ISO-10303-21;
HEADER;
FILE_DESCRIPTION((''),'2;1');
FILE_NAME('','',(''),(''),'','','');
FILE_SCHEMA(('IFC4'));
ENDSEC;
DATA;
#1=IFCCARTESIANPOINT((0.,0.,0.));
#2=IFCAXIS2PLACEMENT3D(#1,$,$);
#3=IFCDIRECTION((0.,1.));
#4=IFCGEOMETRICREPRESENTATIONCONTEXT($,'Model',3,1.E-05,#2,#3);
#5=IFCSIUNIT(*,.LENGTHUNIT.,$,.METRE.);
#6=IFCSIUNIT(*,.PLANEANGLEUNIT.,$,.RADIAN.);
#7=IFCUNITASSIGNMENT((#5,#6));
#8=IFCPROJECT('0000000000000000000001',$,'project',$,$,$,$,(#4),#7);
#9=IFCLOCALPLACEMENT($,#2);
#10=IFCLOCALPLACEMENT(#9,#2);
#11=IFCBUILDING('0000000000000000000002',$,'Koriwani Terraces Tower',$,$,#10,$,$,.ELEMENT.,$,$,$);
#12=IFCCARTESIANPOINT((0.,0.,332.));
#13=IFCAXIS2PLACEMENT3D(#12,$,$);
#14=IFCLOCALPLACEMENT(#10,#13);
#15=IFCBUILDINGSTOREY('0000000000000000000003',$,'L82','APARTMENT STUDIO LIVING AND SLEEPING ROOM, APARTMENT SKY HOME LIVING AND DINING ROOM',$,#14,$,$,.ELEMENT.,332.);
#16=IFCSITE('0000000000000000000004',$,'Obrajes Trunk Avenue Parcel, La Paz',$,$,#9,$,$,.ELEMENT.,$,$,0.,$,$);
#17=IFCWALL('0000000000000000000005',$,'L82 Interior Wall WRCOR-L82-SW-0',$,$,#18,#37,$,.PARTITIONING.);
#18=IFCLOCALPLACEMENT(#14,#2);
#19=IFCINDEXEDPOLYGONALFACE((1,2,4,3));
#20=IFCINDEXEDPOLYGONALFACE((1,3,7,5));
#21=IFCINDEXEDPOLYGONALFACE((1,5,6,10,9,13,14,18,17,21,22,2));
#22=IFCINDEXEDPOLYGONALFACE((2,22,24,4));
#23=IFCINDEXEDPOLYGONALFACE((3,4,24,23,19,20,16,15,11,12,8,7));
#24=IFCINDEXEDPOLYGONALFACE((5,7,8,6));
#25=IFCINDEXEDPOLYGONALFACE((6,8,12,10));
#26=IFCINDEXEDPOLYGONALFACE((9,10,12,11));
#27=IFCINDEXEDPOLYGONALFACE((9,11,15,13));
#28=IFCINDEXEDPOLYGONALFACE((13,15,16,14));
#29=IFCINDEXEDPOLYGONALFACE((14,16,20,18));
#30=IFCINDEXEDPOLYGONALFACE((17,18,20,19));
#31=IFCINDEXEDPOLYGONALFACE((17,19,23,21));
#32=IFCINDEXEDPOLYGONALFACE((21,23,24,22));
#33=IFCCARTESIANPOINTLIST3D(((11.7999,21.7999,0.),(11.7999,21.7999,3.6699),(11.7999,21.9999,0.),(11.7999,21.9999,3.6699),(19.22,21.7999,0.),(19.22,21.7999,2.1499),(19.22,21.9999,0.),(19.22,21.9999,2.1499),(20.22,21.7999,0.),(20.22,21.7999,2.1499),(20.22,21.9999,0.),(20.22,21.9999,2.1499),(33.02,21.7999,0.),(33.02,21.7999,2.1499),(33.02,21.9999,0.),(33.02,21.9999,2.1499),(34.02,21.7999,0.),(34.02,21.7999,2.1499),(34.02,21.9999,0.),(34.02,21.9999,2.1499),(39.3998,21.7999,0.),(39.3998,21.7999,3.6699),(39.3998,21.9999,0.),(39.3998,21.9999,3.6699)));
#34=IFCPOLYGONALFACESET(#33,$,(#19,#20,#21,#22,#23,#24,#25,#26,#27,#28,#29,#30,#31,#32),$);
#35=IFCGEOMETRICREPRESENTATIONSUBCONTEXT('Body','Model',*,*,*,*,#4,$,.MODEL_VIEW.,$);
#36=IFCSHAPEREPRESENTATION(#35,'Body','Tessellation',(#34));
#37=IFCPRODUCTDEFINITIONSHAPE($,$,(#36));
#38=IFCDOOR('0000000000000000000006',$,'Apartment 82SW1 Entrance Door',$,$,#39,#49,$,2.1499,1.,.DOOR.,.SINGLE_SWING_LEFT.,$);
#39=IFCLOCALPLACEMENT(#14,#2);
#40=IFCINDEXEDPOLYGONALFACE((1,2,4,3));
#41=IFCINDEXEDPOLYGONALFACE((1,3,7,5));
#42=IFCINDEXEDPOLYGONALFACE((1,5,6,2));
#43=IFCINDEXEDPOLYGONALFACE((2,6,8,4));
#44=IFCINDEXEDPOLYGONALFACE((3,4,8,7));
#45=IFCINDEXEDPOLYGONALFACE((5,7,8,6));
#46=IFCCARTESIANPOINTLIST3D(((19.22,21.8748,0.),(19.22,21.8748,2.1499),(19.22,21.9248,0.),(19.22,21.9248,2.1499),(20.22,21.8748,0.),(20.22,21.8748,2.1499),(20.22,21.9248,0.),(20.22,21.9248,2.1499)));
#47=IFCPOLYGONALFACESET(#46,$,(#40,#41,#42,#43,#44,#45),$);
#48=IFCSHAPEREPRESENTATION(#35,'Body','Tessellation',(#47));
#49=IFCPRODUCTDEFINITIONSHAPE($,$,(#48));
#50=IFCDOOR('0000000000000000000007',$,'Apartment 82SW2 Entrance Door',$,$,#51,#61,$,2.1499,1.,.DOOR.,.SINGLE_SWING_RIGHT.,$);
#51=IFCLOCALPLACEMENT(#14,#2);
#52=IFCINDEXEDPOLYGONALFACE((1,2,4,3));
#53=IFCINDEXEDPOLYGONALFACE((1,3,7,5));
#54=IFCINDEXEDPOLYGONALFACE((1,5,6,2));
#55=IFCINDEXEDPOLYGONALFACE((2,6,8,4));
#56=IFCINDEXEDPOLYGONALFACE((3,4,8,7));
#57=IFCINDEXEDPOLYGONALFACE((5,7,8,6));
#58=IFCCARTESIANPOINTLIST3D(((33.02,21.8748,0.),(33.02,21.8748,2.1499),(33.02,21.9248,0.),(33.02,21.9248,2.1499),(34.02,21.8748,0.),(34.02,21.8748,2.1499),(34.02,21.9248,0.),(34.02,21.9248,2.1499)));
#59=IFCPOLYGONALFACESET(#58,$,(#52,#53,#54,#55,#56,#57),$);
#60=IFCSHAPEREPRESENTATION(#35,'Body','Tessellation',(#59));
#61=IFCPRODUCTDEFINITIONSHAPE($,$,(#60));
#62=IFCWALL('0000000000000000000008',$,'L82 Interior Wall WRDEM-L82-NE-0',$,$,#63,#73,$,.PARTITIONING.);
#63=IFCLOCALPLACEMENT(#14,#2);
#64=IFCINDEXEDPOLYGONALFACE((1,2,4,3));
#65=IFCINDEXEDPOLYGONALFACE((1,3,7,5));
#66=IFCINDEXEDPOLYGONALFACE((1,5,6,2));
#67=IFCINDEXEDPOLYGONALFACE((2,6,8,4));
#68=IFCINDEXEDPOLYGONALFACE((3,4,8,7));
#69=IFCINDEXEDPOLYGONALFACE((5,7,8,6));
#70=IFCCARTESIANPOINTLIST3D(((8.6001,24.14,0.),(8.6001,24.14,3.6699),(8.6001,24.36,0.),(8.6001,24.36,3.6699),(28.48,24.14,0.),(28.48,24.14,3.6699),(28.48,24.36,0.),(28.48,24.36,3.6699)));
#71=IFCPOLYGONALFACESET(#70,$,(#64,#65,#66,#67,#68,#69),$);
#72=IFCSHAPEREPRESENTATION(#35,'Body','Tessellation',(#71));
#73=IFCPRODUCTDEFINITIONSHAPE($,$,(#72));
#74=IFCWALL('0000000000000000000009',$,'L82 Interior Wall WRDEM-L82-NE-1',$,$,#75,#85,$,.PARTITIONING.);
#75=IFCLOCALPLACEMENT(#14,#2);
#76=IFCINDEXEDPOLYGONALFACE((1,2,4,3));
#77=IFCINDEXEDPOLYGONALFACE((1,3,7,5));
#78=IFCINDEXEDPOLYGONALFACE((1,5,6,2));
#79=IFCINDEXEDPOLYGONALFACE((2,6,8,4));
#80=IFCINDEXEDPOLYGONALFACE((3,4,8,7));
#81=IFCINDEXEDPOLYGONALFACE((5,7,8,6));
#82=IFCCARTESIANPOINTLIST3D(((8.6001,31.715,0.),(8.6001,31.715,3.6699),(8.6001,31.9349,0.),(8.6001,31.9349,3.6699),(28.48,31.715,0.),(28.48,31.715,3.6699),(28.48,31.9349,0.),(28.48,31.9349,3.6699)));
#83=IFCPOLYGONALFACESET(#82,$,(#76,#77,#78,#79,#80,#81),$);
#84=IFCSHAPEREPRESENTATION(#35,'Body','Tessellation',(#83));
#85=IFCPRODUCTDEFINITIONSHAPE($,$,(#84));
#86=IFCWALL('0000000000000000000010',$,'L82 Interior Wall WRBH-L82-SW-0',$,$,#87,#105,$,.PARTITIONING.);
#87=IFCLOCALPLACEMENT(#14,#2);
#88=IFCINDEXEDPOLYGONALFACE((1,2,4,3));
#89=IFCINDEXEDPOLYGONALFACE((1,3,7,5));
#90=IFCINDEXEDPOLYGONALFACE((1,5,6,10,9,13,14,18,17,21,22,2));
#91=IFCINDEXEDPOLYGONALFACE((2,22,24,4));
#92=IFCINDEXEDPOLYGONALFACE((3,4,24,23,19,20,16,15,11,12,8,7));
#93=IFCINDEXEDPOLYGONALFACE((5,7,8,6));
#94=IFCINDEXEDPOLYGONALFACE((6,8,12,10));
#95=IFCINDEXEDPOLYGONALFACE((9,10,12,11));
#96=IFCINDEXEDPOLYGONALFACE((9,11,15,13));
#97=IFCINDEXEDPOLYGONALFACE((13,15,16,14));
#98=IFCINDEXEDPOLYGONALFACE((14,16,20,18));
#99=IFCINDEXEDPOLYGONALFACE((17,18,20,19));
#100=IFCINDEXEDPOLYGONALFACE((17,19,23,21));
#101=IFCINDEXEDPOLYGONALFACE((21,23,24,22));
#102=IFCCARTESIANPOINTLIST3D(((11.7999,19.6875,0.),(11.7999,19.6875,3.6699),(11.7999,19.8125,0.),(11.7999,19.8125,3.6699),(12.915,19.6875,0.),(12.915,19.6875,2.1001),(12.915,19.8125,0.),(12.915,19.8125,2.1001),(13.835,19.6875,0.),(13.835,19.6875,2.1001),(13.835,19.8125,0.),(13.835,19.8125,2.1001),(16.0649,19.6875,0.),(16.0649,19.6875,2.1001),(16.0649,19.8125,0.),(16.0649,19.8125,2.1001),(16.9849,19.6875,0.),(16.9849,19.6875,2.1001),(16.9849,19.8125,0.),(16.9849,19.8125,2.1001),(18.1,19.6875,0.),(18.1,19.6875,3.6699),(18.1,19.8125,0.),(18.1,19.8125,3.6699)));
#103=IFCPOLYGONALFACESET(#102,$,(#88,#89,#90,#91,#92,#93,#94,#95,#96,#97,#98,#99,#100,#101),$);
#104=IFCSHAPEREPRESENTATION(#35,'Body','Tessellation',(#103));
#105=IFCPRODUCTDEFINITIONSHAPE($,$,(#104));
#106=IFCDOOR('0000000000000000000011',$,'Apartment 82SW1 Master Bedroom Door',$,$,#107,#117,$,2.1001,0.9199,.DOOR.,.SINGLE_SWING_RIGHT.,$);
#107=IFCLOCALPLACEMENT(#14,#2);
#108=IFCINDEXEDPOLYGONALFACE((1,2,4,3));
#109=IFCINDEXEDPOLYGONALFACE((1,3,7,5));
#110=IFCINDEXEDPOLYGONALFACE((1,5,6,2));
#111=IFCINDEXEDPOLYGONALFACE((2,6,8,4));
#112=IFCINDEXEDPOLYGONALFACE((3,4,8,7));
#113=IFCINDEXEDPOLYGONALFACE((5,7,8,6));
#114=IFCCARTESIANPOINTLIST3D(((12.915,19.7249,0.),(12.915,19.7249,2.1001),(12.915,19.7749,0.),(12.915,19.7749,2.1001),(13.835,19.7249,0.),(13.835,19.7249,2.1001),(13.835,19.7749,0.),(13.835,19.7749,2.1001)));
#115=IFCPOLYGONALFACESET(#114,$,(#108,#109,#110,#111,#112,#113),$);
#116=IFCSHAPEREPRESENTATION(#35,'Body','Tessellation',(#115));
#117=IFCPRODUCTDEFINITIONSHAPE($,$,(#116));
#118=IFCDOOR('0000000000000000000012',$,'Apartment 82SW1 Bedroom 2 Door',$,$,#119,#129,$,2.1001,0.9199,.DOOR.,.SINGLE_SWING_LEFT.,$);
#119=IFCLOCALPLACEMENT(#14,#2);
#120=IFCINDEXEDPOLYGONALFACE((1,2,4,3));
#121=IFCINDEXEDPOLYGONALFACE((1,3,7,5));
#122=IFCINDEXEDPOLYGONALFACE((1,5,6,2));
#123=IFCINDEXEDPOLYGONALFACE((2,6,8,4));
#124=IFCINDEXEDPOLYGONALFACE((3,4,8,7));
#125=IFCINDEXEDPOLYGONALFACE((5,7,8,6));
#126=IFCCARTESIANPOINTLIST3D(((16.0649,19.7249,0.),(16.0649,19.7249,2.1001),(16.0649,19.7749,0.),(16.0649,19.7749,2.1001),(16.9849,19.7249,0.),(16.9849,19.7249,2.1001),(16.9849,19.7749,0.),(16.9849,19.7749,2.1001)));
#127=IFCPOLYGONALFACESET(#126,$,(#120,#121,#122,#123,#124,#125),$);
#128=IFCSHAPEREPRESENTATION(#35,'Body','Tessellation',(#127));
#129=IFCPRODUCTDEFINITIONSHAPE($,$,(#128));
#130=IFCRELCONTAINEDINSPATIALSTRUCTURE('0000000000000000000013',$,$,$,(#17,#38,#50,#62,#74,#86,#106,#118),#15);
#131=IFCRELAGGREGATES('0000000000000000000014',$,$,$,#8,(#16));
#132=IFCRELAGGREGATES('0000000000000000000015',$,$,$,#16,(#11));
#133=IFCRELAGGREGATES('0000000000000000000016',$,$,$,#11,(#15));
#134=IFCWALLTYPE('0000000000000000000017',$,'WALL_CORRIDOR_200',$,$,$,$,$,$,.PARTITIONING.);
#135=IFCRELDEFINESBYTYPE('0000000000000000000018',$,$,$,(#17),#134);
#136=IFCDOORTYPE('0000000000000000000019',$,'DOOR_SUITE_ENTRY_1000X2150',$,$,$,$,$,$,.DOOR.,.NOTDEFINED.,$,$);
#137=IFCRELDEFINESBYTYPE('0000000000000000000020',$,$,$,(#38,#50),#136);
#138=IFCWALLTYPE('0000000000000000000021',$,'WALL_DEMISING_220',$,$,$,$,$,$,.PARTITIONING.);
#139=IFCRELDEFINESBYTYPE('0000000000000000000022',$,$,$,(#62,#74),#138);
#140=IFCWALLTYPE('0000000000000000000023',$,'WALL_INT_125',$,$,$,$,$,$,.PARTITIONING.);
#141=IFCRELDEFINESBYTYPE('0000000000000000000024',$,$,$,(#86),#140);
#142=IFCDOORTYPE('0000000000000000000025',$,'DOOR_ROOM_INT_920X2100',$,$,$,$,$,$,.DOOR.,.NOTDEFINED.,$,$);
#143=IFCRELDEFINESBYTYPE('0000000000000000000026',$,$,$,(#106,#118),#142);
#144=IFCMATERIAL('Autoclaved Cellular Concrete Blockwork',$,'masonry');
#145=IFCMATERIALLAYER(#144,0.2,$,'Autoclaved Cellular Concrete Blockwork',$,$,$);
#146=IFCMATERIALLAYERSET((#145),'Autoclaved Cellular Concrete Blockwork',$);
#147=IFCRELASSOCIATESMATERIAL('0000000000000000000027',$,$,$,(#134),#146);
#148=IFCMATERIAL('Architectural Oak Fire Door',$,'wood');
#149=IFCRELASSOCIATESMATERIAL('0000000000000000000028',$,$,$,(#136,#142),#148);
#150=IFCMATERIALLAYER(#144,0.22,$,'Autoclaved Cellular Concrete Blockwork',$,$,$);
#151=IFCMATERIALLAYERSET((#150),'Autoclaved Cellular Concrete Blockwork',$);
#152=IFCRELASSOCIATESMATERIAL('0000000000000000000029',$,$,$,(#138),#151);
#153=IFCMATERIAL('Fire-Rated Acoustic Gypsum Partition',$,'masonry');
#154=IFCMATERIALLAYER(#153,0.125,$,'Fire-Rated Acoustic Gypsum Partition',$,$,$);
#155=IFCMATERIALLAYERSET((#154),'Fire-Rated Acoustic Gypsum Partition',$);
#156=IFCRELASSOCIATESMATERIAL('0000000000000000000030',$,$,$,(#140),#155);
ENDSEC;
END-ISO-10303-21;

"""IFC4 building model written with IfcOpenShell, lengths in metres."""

from ifc_helpers import new_model, si_unit, direction, frame, frame_2d, origin, place, context, subcontext, project, spatial, rectangle, extrude, material, layer, layer_set, type_object, element, fill, save


model = new_model("IFC4")

# Units and contexts
model_context = context("Model", 3, precision=1e-05, world=origin(), true_north=direction((0.0, 1.0)))
body_context = subcontext(model_context, "Body", "Model", "MODEL_VIEW")
ifc_project = project(units=[si_unit("LENGTHUNIT", "METRE"), si_unit("PLANEANGLEUNIT", "RADIAN")], contexts=[model_context])

# Site, building, storey
site_placement = place(None, origin())
site = spatial("IfcSite", under=ifc_project, at=site_placement, Name="Obrajes Trunk Avenue Parcel, La Paz", CompositionType="ELEMENT", RefElevation=0.0)
building_placement = place(site_placement, origin())
building = spatial("IfcBuilding", under=site, at=building_placement, Name="Koriwani Terraces Tower", CompositionType="ELEMENT")
storey_placement = place(building_placement, frame((0.0, 0.0, 332.0)))
storey = spatial("IfcBuildingStorey", under=building, at=storey_placement, Name="L82", Description="APARTMENT STUDIO LIVING AND SLEEPING ROOM, APARTMENT SKY HOME LIVING AND DINING ROOM", CompositionType="ELEMENT", Elevation=332.0)

# Wall, openings, doors
ifc_material_1 = material(Name="Autoclaved Cellular Concrete Blockwork", Category="masonry")
ifc_layer_1 = layer(ifc_material_1, 0.2, Name="Autoclaved Cellular Concrete Blockwork")
ifc_layer_set_1 = layer_set([ifc_layer_1], Name="Autoclaved Cellular Concrete Blockwork")
wall_type_1 = type_object("IfcWallType", Name="WALL_CORRIDOR_200", PredefinedType="PARTITIONING", material=ifc_layer_set_1)
wall_1_placement = place(storey_placement, frame((11.8, 21.8999, 0.0), z_axis=(0.0, 0.0, 1.0), x_axis=(1.0, 0.0, 0.0)))
wall_1 = element("IfcWall", 1, at=wall_1_placement, inside=storey, type_object=wall_type_1, Name="L82 Interior Wall WRCOR-L82-SW-0", PredefinedType="PARTITIONING", context=body_context, shape_type="SweptSolid", body=[
    extrude(rectangle(XDim=27.5999, YDim=0.2, at=frame_2d((13.7998, 0.0))), origin(), (0.0, 0.0, 1.0), 3.6699),
])
opening_1_placement = place(wall_1_placement, frame((7.4199, 0.0, 0.0)))
opening_1 = element("IfcOpeningElement", 2, at=opening_1_placement, cuts=wall_1, PredefinedType="OPENING", context=body_context, shape_type="SweptSolid", body=[
    extrude(rectangle(XDim=1.0, YDim=2.1499, at=frame_2d((0.5, 1.075))), frame((0.0, 0.1099, 0.0), z_axis=(0.0, -1.0, 0.0), x_axis=(1.0, 0.0, 0.0)), (0.0, 0.0, 1.0), 0.22),
])
opening_2_placement = place(wall_1_placement, frame((21.22, 0.0, 0.0)))
opening_2 = element("IfcOpeningElement", 3, at=opening_2_placement, cuts=wall_1, PredefinedType="OPENING", context=body_context, shape_type="SweptSolid", body=[
    extrude(rectangle(XDim=1.0, YDim=2.1499, at=frame_2d((0.5, 1.075))), frame((0.0, 0.1099, 0.0), z_axis=(0.0, -1.0, 0.0), x_axis=(1.0, 0.0, 0.0)), (0.0, 0.0, 1.0), 0.22),
])
ifc_material_2 = material(Name="Architectural Oak Fire Door", Category="wood")
door_type_1 = type_object("IfcDoorType", Name="DOOR_SUITE_ENTRY_1000X2150", OperationType="NOTDEFINED", PredefinedType="DOOR", material=ifc_material_2)
door_1_placement = place(opening_1_placement, origin())
door_1 = element("IfcDoor", 4, at=door_1_placement, inside=storey, type_object=door_type_1, Name="Apartment 82SW1 Entrance Door", OperationType="SINGLE_SWING_LEFT", OverallHeight=2.1499, OverallWidth=1.0, PredefinedType="DOOR", context=body_context, shape_type="SweptSolid", body=[
    extrude(rectangle(XDim=1.0, YDim=2.1499, at=frame_2d((0.5, 1.075))), frame((0.0, 0.0249, 0.0), z_axis=(0.0, -1.0, 0.0), x_axis=(1.0, 0.0, 0.0)), (0.0, 0.0, 1.0), 0.05),
])
fill(opening_1, door_1)
door_2_placement = place(opening_2_placement, origin())
door_2 = element("IfcDoor", 5, at=door_2_placement, inside=storey, type_object=door_type_1, Name="Apartment 82SW2 Entrance Door", OperationType="SINGLE_SWING_RIGHT", OverallHeight=2.1499, OverallWidth=1.0, PredefinedType="DOOR", context=body_context, shape_type="SweptSolid", body=[
    extrude(rectangle(XDim=1.0, YDim=2.1499, at=frame_2d((0.5, 1.075))), frame((0.0, 0.0249, 0.0), z_axis=(0.0, -1.0, 0.0), x_axis=(1.0, 0.0, 0.0)), (0.0, 0.0, 1.0), 0.05),
])
fill(opening_2, door_2)

# Walls
ifc_layer_2 = layer(ifc_material_1, 0.22, Name="Autoclaved Cellular Concrete Blockwork")
ifc_layer_set_2 = layer_set([ifc_layer_2], Name="Autoclaved Cellular Concrete Blockwork")
wall_type_2 = type_object("IfcWallType", Name="WALL_DEMISING_220", PredefinedType="PARTITIONING", material=ifc_layer_set_2)
for number, where, z_axis, x_axis, name in (
    (6, (8.6001, 24.25, 0.0), (0.0, 0.0, 1.0), (1.0, 0.0, 0.0), "L82 Interior Wall WRDEM-L82-NE-0"),
    (7, (8.6001, 31.825, 0.0), (0.0, 0.0, 1.0), (1.0, 0.0, 0.0), "L82 Interior Wall WRDEM-L82-NE-1"),
):
    element("IfcWall", number, at=place(storey_placement, frame(where, z_axis=z_axis, x_axis=x_axis)), inside=storey, type_object=wall_type_2, Name=name, PredefinedType="PARTITIONING", context=body_context, shape_type="SweptSolid", body=[
        extrude(rectangle(XDim=19.8799, YDim=0.22, at=frame_2d((9.9399, 0.0))), origin(), (0.0, 0.0, 1.0), 3.6699),
    ])

# Wall, openings, doors
ifc_material_3 = material(Name="Fire-Rated Acoustic Gypsum Partition", Category="masonry")
ifc_layer_3 = layer(ifc_material_3, 0.125, Name="Fire-Rated Acoustic Gypsum Partition")
ifc_layer_set_3 = layer_set([ifc_layer_3], Name="Fire-Rated Acoustic Gypsum Partition")
wall_type_3 = type_object("IfcWallType", Name="WALL_INT_125", PredefinedType="PARTITIONING", material=ifc_layer_set_3)
wall_2_placement = place(storey_placement, frame((11.8, 19.75, 0.0), z_axis=(0.0, 0.0, 1.0), x_axis=(1.0, 0.0, 0.0)))
wall_2 = element("IfcWall", 8, at=wall_2_placement, inside=storey, type_object=wall_type_3, Name="L82 Interior Wall WRBH-L82-SW-0", PredefinedType="PARTITIONING", context=body_context, shape_type="SweptSolid", body=[
    extrude(rectangle(XDim=6.3, YDim=0.125, at=frame_2d((3.1499, 0.0))), origin(), (0.0, 0.0, 1.0), 3.6699),
])
opening_3_placement = place(wall_2_placement, frame((1.115, 0.0, 0.0)))
opening_3 = element("IfcOpeningElement", 9, at=opening_3_placement, cuts=wall_2, PredefinedType="OPENING", context=body_context, shape_type="SweptSolid", body=[
    extrude(rectangle(XDim=0.9199, YDim=2.1001, at=frame_2d((0.46, 1.05))), frame((0.0, 0.0725, 0.0), z_axis=(0.0, -1.0, 0.0), x_axis=(1.0, 0.0, 0.0)), (0.0, 0.0, 1.0), 0.145),
])
opening_4_placement = place(wall_2_placement, frame((4.2649, 0.0, 0.0)))
opening_4 = element("IfcOpeningElement", 10, at=opening_4_placement, cuts=wall_2, PredefinedType="OPENING", context=body_context, shape_type="SweptSolid", body=[
    extrude(rectangle(XDim=0.9199, YDim=2.1001, at=frame_2d((0.46, 1.05))), frame((0.0, 0.0725, 0.0), z_axis=(0.0, -1.0, 0.0), x_axis=(1.0, 0.0, 0.0)), (0.0, 0.0, 1.0), 0.145),
])
door_type_2 = type_object("IfcDoorType", Name="DOOR_ROOM_INT_920X2100", OperationType="NOTDEFINED", PredefinedType="DOOR", material=ifc_material_2)
door_3_placement = place(opening_3_placement, origin())
door_3 = element("IfcDoor", 11, at=door_3_placement, inside=storey, type_object=door_type_2, Name="Apartment 82SW1 Master Bedroom Door", OperationType="SINGLE_SWING_RIGHT", OverallHeight=2.1001, OverallWidth=0.9199, PredefinedType="DOOR", context=body_context, shape_type="SweptSolid", body=[
    extrude(rectangle(XDim=0.9199, YDim=2.1001, at=frame_2d((0.46, 1.05))), frame((0.0, 0.0249, 0.0), z_axis=(0.0, -1.0, 0.0), x_axis=(1.0, 0.0, 0.0)), (0.0, 0.0, 1.0), 0.05),
])
fill(opening_3, door_3)
door_4_placement = place(opening_4_placement, origin())
door_4 = element("IfcDoor", 12, at=door_4_placement, inside=storey, type_object=door_type_2, Name="Apartment 82SW1 Bedroom 2 Door", OperationType="SINGLE_SWING_LEFT", OverallHeight=2.1001, OverallWidth=0.9199, PredefinedType="DOOR", context=body_context, shape_type="SweptSolid", body=[
    extrude(rectangle(XDim=0.9199, YDim=2.1001, at=frame_2d((0.46, 1.05))), frame((0.0, 0.0249, 0.0), z_axis=(0.0, -1.0, 0.0), x_axis=(1.0, 0.0, 0.0)), (0.0, 0.0, 1.0), 0.05),
])
fill(opening_4, door_4)

save(model, "model.ifc")
